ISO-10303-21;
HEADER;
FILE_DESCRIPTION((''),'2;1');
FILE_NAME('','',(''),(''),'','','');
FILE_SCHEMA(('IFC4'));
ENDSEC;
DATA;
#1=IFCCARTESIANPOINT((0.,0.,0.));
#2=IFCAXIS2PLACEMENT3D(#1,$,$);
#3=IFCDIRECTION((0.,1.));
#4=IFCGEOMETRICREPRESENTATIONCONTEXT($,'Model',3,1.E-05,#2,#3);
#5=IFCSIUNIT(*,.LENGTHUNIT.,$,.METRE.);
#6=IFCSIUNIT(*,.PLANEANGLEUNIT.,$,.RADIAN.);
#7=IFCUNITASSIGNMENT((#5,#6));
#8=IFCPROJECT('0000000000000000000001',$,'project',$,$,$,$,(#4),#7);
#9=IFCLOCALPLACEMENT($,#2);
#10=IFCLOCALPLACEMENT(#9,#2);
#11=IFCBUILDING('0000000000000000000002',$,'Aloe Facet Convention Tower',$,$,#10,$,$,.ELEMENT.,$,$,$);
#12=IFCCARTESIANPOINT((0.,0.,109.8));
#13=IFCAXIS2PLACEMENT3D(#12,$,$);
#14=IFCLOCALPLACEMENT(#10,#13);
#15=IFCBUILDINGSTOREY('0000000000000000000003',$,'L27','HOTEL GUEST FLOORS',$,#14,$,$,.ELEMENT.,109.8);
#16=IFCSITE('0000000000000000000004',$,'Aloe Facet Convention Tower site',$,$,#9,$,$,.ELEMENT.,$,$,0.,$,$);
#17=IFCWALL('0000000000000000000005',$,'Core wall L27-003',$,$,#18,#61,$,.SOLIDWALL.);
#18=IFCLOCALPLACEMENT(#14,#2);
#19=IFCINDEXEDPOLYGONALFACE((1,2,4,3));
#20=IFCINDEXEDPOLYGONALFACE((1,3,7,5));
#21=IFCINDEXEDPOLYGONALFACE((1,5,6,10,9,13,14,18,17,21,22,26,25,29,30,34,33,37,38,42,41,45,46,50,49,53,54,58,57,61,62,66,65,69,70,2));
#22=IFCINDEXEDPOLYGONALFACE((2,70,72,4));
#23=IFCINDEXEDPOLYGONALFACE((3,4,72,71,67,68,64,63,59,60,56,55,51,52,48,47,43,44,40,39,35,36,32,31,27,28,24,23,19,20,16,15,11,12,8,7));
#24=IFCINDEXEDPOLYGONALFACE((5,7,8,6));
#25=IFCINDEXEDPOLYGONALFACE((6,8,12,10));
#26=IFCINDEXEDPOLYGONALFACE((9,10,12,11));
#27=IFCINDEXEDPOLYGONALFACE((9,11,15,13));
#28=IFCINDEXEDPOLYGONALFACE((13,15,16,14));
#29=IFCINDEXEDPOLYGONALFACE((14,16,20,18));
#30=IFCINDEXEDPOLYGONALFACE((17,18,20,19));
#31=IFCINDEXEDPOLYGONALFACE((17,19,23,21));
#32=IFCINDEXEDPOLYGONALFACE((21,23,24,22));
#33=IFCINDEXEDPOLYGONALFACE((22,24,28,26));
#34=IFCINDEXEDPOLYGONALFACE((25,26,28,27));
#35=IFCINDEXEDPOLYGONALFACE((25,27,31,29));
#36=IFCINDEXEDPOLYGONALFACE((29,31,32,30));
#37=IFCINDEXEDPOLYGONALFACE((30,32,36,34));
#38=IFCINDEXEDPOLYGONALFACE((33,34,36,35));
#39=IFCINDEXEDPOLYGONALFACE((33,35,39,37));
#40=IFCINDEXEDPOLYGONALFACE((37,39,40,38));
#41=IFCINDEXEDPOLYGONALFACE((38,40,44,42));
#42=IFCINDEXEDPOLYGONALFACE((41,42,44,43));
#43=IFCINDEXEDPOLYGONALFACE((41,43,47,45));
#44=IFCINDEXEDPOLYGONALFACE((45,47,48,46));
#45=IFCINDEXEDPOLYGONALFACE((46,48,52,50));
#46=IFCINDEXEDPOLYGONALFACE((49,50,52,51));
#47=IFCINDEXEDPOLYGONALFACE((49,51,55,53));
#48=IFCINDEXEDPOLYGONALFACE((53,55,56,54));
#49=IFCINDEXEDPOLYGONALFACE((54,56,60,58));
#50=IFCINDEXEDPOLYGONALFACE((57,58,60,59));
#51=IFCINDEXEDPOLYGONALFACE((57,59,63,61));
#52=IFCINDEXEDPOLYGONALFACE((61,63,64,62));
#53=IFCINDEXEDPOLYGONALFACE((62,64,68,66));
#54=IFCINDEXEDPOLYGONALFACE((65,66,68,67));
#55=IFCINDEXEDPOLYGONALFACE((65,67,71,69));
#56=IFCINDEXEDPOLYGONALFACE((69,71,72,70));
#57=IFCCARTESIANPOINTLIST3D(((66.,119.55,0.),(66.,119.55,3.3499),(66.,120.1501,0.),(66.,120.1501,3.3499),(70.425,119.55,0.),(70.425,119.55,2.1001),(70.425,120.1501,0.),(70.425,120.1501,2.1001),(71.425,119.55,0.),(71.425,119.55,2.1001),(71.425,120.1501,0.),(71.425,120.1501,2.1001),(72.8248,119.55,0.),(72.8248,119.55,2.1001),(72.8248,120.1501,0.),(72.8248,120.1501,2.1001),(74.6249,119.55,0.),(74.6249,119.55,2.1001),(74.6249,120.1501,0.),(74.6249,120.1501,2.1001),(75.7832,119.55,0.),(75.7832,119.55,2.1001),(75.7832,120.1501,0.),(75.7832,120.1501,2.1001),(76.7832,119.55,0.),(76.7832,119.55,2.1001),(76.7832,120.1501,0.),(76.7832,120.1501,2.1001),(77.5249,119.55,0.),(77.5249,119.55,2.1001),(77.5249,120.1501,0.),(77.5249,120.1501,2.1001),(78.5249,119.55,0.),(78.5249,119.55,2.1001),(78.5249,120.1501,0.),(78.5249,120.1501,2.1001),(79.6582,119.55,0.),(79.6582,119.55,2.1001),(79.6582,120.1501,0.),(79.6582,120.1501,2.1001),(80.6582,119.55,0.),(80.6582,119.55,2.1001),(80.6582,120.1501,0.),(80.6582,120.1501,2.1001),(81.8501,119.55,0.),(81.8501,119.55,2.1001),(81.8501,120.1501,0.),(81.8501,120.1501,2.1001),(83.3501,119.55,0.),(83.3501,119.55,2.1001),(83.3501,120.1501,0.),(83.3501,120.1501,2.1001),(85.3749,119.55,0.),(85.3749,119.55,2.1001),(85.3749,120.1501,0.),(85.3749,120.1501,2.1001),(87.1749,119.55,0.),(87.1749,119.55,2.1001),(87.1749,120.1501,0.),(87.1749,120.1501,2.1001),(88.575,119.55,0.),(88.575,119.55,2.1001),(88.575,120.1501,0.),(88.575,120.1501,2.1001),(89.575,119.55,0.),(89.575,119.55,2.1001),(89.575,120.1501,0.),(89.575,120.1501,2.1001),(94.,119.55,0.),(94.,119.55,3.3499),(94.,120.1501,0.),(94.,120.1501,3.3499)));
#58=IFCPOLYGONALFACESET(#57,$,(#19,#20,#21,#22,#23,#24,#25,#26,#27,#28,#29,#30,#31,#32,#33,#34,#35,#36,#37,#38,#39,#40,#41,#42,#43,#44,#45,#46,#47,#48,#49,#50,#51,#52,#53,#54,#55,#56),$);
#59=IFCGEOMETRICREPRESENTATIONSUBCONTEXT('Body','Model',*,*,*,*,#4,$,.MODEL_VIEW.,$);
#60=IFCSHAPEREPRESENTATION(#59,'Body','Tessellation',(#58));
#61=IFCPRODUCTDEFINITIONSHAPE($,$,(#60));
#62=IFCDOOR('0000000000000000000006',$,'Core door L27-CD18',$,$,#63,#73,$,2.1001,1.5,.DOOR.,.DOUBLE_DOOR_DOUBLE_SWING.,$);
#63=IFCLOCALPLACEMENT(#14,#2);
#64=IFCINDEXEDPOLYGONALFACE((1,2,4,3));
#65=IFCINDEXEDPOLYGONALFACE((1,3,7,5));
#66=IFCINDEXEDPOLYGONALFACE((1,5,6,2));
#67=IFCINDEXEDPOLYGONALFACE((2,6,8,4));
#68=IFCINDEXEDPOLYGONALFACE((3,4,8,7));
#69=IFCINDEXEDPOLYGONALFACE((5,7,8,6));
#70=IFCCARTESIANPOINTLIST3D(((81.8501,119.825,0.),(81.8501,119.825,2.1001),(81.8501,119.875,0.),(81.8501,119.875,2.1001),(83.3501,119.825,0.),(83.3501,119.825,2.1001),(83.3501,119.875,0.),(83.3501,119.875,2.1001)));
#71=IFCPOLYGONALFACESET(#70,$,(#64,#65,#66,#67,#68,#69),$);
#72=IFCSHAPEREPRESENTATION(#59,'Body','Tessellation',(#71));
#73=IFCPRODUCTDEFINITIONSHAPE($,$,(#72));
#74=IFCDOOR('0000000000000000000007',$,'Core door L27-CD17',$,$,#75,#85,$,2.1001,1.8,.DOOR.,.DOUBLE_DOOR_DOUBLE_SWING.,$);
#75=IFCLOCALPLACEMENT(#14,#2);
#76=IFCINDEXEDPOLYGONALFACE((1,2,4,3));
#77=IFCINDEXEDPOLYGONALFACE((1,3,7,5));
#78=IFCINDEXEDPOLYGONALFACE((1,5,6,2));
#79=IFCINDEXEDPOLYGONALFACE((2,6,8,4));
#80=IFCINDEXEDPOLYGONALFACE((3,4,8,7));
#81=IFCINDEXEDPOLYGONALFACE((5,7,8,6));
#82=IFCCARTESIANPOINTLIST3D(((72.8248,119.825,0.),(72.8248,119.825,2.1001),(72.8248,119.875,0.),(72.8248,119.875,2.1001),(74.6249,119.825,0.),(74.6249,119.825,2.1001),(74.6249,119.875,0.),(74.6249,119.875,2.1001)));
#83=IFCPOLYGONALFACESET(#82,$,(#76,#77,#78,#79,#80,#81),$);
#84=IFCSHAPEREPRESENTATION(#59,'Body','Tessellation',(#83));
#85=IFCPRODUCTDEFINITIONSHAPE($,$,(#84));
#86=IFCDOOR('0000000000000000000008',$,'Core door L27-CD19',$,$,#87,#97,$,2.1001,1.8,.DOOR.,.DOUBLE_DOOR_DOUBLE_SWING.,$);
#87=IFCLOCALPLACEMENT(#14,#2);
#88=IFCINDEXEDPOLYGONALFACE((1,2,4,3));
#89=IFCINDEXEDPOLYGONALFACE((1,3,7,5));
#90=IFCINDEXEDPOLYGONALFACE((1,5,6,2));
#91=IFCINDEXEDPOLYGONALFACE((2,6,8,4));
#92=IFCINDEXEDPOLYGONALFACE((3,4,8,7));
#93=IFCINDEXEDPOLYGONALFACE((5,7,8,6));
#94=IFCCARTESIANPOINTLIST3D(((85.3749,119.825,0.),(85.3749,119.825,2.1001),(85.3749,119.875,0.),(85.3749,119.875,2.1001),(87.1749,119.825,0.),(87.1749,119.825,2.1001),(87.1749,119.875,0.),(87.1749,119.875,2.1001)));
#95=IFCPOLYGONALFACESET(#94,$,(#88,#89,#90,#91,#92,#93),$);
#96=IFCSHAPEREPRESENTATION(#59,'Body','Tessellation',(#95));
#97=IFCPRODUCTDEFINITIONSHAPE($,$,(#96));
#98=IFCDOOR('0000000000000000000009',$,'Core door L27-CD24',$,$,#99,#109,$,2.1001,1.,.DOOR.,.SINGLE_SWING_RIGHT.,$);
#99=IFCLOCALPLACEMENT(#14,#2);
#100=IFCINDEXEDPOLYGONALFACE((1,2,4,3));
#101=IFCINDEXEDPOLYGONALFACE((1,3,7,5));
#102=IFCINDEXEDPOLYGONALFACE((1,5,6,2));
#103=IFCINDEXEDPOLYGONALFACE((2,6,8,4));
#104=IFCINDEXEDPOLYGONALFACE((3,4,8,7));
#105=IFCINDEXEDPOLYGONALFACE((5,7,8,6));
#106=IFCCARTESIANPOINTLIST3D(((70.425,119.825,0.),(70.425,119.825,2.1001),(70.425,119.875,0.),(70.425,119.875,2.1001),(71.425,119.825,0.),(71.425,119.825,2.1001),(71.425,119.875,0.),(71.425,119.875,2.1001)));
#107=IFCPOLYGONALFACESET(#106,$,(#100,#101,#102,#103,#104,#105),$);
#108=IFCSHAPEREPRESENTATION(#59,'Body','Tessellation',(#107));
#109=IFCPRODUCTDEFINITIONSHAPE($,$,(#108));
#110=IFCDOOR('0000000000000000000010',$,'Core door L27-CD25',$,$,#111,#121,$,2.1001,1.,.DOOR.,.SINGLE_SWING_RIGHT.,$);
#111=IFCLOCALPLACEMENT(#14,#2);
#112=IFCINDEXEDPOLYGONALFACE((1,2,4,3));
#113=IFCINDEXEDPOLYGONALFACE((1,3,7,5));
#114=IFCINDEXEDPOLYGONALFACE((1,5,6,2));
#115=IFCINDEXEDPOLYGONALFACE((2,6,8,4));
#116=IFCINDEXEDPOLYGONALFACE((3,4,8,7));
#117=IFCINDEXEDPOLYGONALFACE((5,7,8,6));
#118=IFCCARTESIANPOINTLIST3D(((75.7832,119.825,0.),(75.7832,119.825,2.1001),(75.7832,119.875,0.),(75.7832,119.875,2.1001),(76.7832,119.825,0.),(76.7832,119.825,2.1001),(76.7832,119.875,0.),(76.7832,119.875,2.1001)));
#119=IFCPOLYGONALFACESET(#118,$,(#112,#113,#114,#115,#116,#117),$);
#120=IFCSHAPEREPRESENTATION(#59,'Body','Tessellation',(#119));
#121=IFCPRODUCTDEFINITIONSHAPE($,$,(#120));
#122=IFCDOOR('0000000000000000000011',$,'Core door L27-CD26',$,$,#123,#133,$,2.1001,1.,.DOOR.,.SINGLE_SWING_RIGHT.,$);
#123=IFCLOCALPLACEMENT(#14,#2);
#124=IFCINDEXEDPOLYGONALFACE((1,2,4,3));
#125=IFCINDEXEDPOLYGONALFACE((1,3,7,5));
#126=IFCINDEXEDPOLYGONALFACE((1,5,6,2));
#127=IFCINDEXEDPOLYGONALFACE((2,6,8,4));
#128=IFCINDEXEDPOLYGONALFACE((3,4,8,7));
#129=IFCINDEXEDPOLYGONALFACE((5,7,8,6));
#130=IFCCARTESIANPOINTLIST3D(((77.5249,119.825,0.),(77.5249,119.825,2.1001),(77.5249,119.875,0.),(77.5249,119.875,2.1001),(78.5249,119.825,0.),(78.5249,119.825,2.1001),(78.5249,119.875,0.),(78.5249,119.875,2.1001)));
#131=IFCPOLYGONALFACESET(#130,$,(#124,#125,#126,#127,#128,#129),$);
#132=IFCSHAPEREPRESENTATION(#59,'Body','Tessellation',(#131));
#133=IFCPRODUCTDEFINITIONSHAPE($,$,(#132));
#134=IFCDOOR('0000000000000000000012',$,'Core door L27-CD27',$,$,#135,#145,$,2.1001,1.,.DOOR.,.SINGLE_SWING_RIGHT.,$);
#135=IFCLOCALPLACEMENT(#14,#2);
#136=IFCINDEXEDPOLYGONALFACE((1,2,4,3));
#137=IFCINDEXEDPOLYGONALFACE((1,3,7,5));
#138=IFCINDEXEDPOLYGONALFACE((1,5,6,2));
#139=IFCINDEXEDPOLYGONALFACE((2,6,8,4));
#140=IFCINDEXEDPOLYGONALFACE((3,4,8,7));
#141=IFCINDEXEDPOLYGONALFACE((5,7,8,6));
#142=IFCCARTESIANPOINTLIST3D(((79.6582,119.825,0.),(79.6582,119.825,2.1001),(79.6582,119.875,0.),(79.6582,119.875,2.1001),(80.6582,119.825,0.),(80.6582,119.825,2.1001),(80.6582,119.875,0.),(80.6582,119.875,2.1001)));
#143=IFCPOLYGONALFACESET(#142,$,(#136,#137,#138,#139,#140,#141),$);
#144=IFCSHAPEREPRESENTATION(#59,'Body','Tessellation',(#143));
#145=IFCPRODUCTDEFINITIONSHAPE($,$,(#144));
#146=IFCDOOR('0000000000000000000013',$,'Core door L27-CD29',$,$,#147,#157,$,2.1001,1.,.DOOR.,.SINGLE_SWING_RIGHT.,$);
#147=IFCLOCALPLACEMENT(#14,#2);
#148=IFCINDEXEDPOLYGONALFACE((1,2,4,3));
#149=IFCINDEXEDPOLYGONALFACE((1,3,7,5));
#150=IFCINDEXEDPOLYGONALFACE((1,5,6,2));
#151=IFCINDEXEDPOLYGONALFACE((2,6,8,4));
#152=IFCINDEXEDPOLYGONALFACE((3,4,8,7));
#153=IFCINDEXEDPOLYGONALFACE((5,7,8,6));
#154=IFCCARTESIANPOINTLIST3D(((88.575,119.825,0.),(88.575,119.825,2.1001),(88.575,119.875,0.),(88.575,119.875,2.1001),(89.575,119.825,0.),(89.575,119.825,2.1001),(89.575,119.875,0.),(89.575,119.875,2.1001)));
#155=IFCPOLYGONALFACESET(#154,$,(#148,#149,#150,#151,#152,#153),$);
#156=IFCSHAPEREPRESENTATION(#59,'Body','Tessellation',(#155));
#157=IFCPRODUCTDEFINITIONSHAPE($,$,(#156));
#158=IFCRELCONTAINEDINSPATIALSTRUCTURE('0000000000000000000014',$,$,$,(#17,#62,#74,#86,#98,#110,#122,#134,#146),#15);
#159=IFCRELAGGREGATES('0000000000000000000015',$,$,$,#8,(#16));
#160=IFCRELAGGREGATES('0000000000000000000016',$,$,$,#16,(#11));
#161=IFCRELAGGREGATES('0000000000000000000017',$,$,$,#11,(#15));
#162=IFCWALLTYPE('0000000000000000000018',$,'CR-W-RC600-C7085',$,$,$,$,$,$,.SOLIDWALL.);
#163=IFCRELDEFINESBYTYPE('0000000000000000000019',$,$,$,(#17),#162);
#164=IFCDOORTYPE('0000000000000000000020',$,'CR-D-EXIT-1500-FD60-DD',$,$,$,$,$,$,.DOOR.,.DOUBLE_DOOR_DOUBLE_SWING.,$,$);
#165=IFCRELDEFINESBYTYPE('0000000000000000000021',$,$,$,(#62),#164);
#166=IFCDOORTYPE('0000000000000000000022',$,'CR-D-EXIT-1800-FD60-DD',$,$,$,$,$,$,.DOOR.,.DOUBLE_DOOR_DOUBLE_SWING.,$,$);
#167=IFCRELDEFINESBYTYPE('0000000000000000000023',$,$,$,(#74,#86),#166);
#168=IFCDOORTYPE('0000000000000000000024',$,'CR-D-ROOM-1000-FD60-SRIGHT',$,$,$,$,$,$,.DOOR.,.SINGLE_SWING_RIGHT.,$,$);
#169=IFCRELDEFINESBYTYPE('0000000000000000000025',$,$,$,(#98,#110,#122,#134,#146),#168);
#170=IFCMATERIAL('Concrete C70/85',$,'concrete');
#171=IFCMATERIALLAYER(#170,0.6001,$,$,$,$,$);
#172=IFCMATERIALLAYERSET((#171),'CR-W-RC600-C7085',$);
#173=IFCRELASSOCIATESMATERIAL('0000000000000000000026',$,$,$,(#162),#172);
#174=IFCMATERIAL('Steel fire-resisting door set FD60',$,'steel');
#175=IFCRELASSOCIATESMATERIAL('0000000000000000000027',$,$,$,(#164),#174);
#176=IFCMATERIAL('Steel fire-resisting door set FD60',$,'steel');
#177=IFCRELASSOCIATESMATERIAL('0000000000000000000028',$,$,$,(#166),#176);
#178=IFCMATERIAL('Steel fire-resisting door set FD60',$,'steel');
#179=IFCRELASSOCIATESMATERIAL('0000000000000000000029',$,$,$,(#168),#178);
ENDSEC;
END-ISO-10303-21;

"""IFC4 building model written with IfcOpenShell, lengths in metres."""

from ifc_helpers import new_model, si_unit, direction, frame, frame_2d, origin, place, context, subcontext, project, spatial, rectangle, extrude, material, layer, layer_set, type_object, element, fill, save


model = new_model("IFC4")

# Units and contexts
model_context = context("Model", 3, precision=1e-05, world=origin(), true_north=direction((0.0, 1.0)))
body_context = subcontext(model_context, "Body", "Model", "MODEL_VIEW")
ifc_project = project(units=[si_unit("LENGTHUNIT", "METRE"), si_unit("PLANEANGLEUNIT", "RADIAN")], contexts=[model_context])

# Site, building, storey
site_placement = place(None, origin())
site = spatial("IfcSite", under=ifc_project, at=site_placement, Name="Aloe Facet Convention Tower site", CompositionType="ELEMENT", RefElevation=0.0)
building_placement = place(site_placement, origin())
building = spatial("IfcBuilding", under=site, at=building_placement, Name="Aloe Facet Convention Tower", CompositionType="ELEMENT")
storey_placement = place(building_placement, frame((0.0, 0.0, 109.8)))
storey = spatial("IfcBuildingStorey", under=building, at=storey_placement, Name="L27", Description="HOTEL GUEST FLOORS", CompositionType="ELEMENT", Elevation=109.8)

# Wall, openings, doors
ifc_material_1 = material(Name="Concrete C70/85", Category="concrete")
ifc_layer_1 = layer(ifc_material_1, 0.6001)
ifc_layer_set_1 = layer_set([ifc_layer_1], Name="CR-W-RC600-C7085")
wall_type_1 = type_object("IfcWallType", Name="CR-W-RC600-C7085", PredefinedType="SOLIDWALL", material=ifc_layer_set_1)
wall_1_placement = place(storey_placement, frame((66.0, 119.8501, 0.0), z_axis=(0.0, 0.0, 1.0), x_axis=(1.0, 0.0, 0.0)))
wall_1 = element("IfcWall", 1, at=wall_1_placement, inside=storey, type_object=wall_type_1, Name="Core wall L27-003", PredefinedType="SOLIDWALL", context=body_context, shape_type="SweptSolid", body=[
    extrude(rectangle(XDim=28.0, YDim=0.6001, at=frame_2d((14.0, 0.0))), origin(), (0.0, 0.0, 1.0), 3.3499),
])
opening_1_placement = place(wall_1_placement, frame((6.825, 0.0, 0.0)))
opening_1 = element("IfcOpeningElement", 2, at=opening_1_placement, cuts=wall_1, PredefinedType="OPENING", context=body_context, shape_type="SweptSolid", body=[
    extrude(rectangle(XDim=1.8, YDim=2.1001, at=frame_2d((0.8999, 1.05))), frame((0.0, 0.3101, 0.0), z_axis=(0.0, -1.0, 0.0), x_axis=(1.0, 0.0, 0.0)), (0.0, 0.0, 1.0), 0.6201),
])
opening_2_placement = place(wall_1_placement, frame((15.8501, 0.0, 0.0)))
opening_2 = element("IfcOpeningElement", 3, at=opening_2_placement, cuts=wall_1, PredefinedType="OPENING", context=body_context, shape_type="SweptSolid", body=[
    extrude(rectangle(XDim=1.5, YDim=2.1001, at=frame_2d((0.75, 1.05))), frame((0.0, 0.3101, 0.0), z_axis=(0.0, -1.0, 0.0), x_axis=(1.0, 0.0, 0.0)), (0.0, 0.0, 1.0), 0.6201),
])
opening_3_placement = place(wall_1_placement, frame((19.375, 0.0, 0.0)))
opening_3 = element("IfcOpeningElement", 4, at=opening_3_placement, cuts=wall_1, PredefinedType="OPENING", context=body_context, shape_type="SweptSolid", body=[
    extrude(rectangle(XDim=1.8, YDim=2.1001, at=frame_2d((0.8999, 1.05))), frame((0.0, 0.3101, 0.0), z_axis=(0.0, -1.0, 0.0), x_axis=(1.0, 0.0, 0.0)), (0.0, 0.0, 1.0), 0.6201),
])
opening_4_placement = place(wall_1_placement, frame((4.425, 0.0, 0.0)))
opening_4 = element("IfcOpeningElement", 5, at=opening_4_placement, cuts=wall_1, PredefinedType="OPENING", context=body_context, shape_type="SweptSolid", body=[
    extrude(rectangle(XDim=1.0, YDim=2.1001, at=frame_2d((0.5, 1.05))), frame((0.0, 0.3101, 0.0), z_axis=(0.0, -1.0, 0.0), x_axis=(1.0, 0.0, 0.0)), (0.0, 0.0, 1.0), 0.6201),
])
opening_5_placement = place(wall_1_placement, frame((9.7832, 0.0, 0.0)))
opening_5 = element("IfcOpeningElement", 6, at=opening_5_placement, cuts=wall_1, PredefinedType="OPENING", context=body_context, shape_type="SweptSolid", body=[
    extrude(rectangle(XDim=1.0, YDim=2.1001, at=frame_2d((0.5, 1.05))), frame((0.0, 0.3101, 0.0), z_axis=(0.0, -1.0, 0.0), x_axis=(1.0, 0.0, 0.0)), (0.0, 0.0, 1.0), 0.6201),
])
opening_6_placement = place(wall_1_placement, frame((11.5249, 0.0, 0.0)))
opening_6 = element("IfcOpeningElement", 7, at=opening_6_placement, cuts=wall_1, PredefinedType="OPENING", context=body_context, shape_type="SweptSolid", body=[
    extrude(rectangle(XDim=1.0, YDim=2.1001, at=frame_2d((0.5, 1.05))), frame((0.0, 0.3101, 0.0), z_axis=(0.0, -1.0, 0.0), x_axis=(1.0, 0.0, 0.0)), (0.0, 0.0, 1.0), 0.6201),
])
opening_7_placement = place(wall_1_placement, frame((13.6582, 0.0, 0.0)))
opening_7 = element("IfcOpeningElement", 8, at=opening_7_placement, cuts=wall_1, PredefinedType="OPENING", context=body_context, shape_type="SweptSolid", body=[
    extrude(rectangle(XDim=1.0, YDim=2.1001, at=frame_2d((0.5, 1.05))), frame((0.0, 0.3101, 0.0), z_axis=(0.0, -1.0, 0.0), x_axis=(1.0, 0.0, 0.0)), (0.0, 0.0, 1.0), 0.6201),
])
opening_8_placement = place(wall_1_placement, frame((22.575, 0.0, 0.0)))
opening_8 = element("IfcOpeningElement", 9, at=opening_8_placement, cuts=wall_1, PredefinedType="OPENING", context=body_context, shape_type="SweptSolid", body=[
    extrude(rectangle(XDim=1.0, YDim=2.1001, at=frame_2d((0.5, 1.05))), frame((0.0, 0.3101, 0.0), z_axis=(0.0, -1.0, 0.0), x_axis=(1.0, 0.0, 0.0)), (0.0, 0.0, 1.0), 0.6201),
])
ifc_material_2 = material(Name="Steel fire-resisting door set FD60", Category="steel")
door_type_1 = type_object("IfcDoorType", Name="CR-D-EXIT-1500-FD60-DD", OperationType="DOUBLE_DOOR_DOUBLE_SWING", PredefinedType="DOOR", material=ifc_material_2)
door_1_placement = place(opening_2_placement, origin())
door_1 = element("IfcDoor", 10, at=door_1_placement, inside=storey, type_object=door_type_1, Name="Core door L27-CD18", OperationType="DOUBLE_DOOR_DOUBLE_SWING", OverallHeight=2.1001, OverallWidth=1.5, PredefinedType="DOOR", context=body_context, shape_type="SweptSolid", body=[
    extrude(rectangle(XDim=1.5, YDim=2.1001, at=frame_2d((0.75, 1.05))), frame((0.0, 0.0249, 0.0), z_axis=(0.0, -1.0, 0.0), x_axis=(1.0, 0.0, 0.0)), (0.0, 0.0, 1.0), 0.05),
])
fill(opening_2, door_1)
ifc_material_3 = material(Name="Steel fire-resisting door set FD60", Category="steel")
door_type_2 = type_object("IfcDoorType", Name="CR-D-EXIT-1800-FD60-DD", OperationType="DOUBLE_DOOR_DOUBLE_SWING", PredefinedType="DOOR", material=ifc_material_3)
door_2_placement = place(opening_1_placement, origin())
door_2 = element("IfcDoor", 11, at=door_2_placement, inside=storey, type_object=door_type_2, Name="Core door L27-CD17", OperationType="DOUBLE_DOOR_DOUBLE_SWING", OverallHeight=2.1001, OverallWidth=1.8, PredefinedType="DOOR", context=body_context, shape_type="SweptSolid", body=[
    extrude(rectangle(XDim=1.8, YDim=2.1001, at=frame_2d((0.8999, 1.05))), frame((0.0, 0.0249, 0.0), z_axis=(0.0, -1.0, 0.0), x_axis=(1.0, 0.0, 0.0)), (0.0, 0.0, 1.0), 0.05),
])
fill(opening_1, door_2)
door_3_placement = place(opening_3_placement, origin())
door_3 = element("IfcDoor", 12, at=door_3_placement, inside=storey, type_object=door_type_2, Name="Core door L27-CD19", OperationType="DOUBLE_DOOR_DOUBLE_SWING", OverallHeight=2.1001, OverallWidth=1.8, PredefinedType="DOOR", context=body_context, shape_type="SweptSolid", body=[
    extrude(rectangle(XDim=1.8, YDim=2.1001, at=frame_2d((0.8999, 1.05))), frame((0.0, 0.0249, 0.0), z_axis=(0.0, -1.0, 0.0), x_axis=(1.0, 0.0, 0.0)), (0.0, 0.0, 1.0), 0.05),
])
fill(opening_3, door_3)
ifc_material_4 = material(Name="Steel fire-resisting door set FD60", Category="steel")
door_type_3 = type_object("IfcDoorType", Name="CR-D-ROOM-1000-FD60-SRIGHT", OperationType="SINGLE_SWING_RIGHT", PredefinedType="DOOR", material=ifc_material_4)
door_4_placement = place(opening_4_placement, origin())
door_4 = element("IfcDoor", 13, at=door_4_placement, inside=storey, type_object=door_type_3, Name="Core door L27-CD24", OperationType="SINGLE_SWING_RIGHT", OverallHeight=2.1001, OverallWidth=1.0, PredefinedType="DOOR", context=body_context, shape_type="SweptSolid", body=[
    extrude(rectangle(XDim=1.0, YDim=2.1001, at=frame_2d((0.5, 1.05))), frame((0.0, 0.0249, 0.0), z_axis=(0.0, -1.0, 0.0), x_axis=(1.0, 0.0, 0.0)), (0.0, 0.0, 1.0), 0.05),
])
fill(opening_4, door_4)
door_5_placement = place(opening_5_placement, origin())
door_5 = element("IfcDoor", 14, at=door_5_placement, inside=storey, type_object=door_type_3, Name="Core door L27-CD25", OperationType="SINGLE_SWING_RIGHT", OverallHeight=2.1001, OverallWidth=1.0, PredefinedType="DOOR", context=body_context, shape_type="SweptSolid", body=[
    extrude(rectangle(XDim=1.0, YDim=2.1001, at=frame_2d((0.5, 1.05))), frame((0.0, 0.0249, 0.0), z_axis=(0.0, -1.0, 0.0), x_axis=(1.0, 0.0, 0.0)), (0.0, 0.0, 1.0), 0.05),
])
fill(opening_5, door_5)
door_6_placement = place(opening_6_placement, origin())
door_6 = element("IfcDoor", 15, at=door_6_placement, inside=storey, type_object=door_type_3, Name="Core door L27-CD26", OperationType="SINGLE_SWING_RIGHT", OverallHeight=2.1001, OverallWidth=1.0, PredefinedType="DOOR", context=body_context, shape_type="SweptSolid", body=[
    extrude(rectangle(XDim=1.0, YDim=2.1001, at=frame_2d((0.5, 1.05))), frame((0.0, 0.0249, 0.0), z_axis=(0.0, -1.0, 0.0), x_axis=(1.0, 0.0, 0.0)), (0.0, 0.0, 1.0), 0.05),
])
fill(opening_6, door_6)
door_7_placement = place(opening_7_placement, origin())
door_7 = element("IfcDoor", 16, at=door_7_placement, inside=storey, type_object=door_type_3, Name="Core door L27-CD27", OperationType="SINGLE_SWING_RIGHT", OverallHeight=2.1001, OverallWidth=1.0, PredefinedType="DOOR", context=body_context, shape_type="SweptSolid", body=[
    extrude(rectangle(XDim=1.0, YDim=2.1001, at=frame_2d((0.5, 1.05))), frame((0.0, 0.0249, 0.0), z_axis=(0.0, -1.0, 0.0), x_axis=(1.0, 0.0, 0.0)), (0.0, 0.0, 1.0), 0.05),
])
fill(opening_7, door_7)
door_8_placement = place(opening_8_placement, origin())
door_8 = element("IfcDoor", 17, at=door_8_placement, inside=storey, type_object=door_type_3, Name="Core door L27-CD29", OperationType="SINGLE_SWING_RIGHT", OverallHeight=2.1001, OverallWidth=1.0, PredefinedType="DOOR", context=body_context, shape_type="SweptSolid", body=[
    extrude(rectangle(XDim=1.0, YDim=2.1001, at=frame_2d((0.5, 1.05))), frame((0.0, 0.0249, 0.0), z_axis=(0.0, -1.0, 0.0), x_axis=(1.0, 0.0, 0.0)), (0.0, 0.0, 1.0), 0.05),
])
fill(opening_8, door_8)

save(model, "model.ifc")
